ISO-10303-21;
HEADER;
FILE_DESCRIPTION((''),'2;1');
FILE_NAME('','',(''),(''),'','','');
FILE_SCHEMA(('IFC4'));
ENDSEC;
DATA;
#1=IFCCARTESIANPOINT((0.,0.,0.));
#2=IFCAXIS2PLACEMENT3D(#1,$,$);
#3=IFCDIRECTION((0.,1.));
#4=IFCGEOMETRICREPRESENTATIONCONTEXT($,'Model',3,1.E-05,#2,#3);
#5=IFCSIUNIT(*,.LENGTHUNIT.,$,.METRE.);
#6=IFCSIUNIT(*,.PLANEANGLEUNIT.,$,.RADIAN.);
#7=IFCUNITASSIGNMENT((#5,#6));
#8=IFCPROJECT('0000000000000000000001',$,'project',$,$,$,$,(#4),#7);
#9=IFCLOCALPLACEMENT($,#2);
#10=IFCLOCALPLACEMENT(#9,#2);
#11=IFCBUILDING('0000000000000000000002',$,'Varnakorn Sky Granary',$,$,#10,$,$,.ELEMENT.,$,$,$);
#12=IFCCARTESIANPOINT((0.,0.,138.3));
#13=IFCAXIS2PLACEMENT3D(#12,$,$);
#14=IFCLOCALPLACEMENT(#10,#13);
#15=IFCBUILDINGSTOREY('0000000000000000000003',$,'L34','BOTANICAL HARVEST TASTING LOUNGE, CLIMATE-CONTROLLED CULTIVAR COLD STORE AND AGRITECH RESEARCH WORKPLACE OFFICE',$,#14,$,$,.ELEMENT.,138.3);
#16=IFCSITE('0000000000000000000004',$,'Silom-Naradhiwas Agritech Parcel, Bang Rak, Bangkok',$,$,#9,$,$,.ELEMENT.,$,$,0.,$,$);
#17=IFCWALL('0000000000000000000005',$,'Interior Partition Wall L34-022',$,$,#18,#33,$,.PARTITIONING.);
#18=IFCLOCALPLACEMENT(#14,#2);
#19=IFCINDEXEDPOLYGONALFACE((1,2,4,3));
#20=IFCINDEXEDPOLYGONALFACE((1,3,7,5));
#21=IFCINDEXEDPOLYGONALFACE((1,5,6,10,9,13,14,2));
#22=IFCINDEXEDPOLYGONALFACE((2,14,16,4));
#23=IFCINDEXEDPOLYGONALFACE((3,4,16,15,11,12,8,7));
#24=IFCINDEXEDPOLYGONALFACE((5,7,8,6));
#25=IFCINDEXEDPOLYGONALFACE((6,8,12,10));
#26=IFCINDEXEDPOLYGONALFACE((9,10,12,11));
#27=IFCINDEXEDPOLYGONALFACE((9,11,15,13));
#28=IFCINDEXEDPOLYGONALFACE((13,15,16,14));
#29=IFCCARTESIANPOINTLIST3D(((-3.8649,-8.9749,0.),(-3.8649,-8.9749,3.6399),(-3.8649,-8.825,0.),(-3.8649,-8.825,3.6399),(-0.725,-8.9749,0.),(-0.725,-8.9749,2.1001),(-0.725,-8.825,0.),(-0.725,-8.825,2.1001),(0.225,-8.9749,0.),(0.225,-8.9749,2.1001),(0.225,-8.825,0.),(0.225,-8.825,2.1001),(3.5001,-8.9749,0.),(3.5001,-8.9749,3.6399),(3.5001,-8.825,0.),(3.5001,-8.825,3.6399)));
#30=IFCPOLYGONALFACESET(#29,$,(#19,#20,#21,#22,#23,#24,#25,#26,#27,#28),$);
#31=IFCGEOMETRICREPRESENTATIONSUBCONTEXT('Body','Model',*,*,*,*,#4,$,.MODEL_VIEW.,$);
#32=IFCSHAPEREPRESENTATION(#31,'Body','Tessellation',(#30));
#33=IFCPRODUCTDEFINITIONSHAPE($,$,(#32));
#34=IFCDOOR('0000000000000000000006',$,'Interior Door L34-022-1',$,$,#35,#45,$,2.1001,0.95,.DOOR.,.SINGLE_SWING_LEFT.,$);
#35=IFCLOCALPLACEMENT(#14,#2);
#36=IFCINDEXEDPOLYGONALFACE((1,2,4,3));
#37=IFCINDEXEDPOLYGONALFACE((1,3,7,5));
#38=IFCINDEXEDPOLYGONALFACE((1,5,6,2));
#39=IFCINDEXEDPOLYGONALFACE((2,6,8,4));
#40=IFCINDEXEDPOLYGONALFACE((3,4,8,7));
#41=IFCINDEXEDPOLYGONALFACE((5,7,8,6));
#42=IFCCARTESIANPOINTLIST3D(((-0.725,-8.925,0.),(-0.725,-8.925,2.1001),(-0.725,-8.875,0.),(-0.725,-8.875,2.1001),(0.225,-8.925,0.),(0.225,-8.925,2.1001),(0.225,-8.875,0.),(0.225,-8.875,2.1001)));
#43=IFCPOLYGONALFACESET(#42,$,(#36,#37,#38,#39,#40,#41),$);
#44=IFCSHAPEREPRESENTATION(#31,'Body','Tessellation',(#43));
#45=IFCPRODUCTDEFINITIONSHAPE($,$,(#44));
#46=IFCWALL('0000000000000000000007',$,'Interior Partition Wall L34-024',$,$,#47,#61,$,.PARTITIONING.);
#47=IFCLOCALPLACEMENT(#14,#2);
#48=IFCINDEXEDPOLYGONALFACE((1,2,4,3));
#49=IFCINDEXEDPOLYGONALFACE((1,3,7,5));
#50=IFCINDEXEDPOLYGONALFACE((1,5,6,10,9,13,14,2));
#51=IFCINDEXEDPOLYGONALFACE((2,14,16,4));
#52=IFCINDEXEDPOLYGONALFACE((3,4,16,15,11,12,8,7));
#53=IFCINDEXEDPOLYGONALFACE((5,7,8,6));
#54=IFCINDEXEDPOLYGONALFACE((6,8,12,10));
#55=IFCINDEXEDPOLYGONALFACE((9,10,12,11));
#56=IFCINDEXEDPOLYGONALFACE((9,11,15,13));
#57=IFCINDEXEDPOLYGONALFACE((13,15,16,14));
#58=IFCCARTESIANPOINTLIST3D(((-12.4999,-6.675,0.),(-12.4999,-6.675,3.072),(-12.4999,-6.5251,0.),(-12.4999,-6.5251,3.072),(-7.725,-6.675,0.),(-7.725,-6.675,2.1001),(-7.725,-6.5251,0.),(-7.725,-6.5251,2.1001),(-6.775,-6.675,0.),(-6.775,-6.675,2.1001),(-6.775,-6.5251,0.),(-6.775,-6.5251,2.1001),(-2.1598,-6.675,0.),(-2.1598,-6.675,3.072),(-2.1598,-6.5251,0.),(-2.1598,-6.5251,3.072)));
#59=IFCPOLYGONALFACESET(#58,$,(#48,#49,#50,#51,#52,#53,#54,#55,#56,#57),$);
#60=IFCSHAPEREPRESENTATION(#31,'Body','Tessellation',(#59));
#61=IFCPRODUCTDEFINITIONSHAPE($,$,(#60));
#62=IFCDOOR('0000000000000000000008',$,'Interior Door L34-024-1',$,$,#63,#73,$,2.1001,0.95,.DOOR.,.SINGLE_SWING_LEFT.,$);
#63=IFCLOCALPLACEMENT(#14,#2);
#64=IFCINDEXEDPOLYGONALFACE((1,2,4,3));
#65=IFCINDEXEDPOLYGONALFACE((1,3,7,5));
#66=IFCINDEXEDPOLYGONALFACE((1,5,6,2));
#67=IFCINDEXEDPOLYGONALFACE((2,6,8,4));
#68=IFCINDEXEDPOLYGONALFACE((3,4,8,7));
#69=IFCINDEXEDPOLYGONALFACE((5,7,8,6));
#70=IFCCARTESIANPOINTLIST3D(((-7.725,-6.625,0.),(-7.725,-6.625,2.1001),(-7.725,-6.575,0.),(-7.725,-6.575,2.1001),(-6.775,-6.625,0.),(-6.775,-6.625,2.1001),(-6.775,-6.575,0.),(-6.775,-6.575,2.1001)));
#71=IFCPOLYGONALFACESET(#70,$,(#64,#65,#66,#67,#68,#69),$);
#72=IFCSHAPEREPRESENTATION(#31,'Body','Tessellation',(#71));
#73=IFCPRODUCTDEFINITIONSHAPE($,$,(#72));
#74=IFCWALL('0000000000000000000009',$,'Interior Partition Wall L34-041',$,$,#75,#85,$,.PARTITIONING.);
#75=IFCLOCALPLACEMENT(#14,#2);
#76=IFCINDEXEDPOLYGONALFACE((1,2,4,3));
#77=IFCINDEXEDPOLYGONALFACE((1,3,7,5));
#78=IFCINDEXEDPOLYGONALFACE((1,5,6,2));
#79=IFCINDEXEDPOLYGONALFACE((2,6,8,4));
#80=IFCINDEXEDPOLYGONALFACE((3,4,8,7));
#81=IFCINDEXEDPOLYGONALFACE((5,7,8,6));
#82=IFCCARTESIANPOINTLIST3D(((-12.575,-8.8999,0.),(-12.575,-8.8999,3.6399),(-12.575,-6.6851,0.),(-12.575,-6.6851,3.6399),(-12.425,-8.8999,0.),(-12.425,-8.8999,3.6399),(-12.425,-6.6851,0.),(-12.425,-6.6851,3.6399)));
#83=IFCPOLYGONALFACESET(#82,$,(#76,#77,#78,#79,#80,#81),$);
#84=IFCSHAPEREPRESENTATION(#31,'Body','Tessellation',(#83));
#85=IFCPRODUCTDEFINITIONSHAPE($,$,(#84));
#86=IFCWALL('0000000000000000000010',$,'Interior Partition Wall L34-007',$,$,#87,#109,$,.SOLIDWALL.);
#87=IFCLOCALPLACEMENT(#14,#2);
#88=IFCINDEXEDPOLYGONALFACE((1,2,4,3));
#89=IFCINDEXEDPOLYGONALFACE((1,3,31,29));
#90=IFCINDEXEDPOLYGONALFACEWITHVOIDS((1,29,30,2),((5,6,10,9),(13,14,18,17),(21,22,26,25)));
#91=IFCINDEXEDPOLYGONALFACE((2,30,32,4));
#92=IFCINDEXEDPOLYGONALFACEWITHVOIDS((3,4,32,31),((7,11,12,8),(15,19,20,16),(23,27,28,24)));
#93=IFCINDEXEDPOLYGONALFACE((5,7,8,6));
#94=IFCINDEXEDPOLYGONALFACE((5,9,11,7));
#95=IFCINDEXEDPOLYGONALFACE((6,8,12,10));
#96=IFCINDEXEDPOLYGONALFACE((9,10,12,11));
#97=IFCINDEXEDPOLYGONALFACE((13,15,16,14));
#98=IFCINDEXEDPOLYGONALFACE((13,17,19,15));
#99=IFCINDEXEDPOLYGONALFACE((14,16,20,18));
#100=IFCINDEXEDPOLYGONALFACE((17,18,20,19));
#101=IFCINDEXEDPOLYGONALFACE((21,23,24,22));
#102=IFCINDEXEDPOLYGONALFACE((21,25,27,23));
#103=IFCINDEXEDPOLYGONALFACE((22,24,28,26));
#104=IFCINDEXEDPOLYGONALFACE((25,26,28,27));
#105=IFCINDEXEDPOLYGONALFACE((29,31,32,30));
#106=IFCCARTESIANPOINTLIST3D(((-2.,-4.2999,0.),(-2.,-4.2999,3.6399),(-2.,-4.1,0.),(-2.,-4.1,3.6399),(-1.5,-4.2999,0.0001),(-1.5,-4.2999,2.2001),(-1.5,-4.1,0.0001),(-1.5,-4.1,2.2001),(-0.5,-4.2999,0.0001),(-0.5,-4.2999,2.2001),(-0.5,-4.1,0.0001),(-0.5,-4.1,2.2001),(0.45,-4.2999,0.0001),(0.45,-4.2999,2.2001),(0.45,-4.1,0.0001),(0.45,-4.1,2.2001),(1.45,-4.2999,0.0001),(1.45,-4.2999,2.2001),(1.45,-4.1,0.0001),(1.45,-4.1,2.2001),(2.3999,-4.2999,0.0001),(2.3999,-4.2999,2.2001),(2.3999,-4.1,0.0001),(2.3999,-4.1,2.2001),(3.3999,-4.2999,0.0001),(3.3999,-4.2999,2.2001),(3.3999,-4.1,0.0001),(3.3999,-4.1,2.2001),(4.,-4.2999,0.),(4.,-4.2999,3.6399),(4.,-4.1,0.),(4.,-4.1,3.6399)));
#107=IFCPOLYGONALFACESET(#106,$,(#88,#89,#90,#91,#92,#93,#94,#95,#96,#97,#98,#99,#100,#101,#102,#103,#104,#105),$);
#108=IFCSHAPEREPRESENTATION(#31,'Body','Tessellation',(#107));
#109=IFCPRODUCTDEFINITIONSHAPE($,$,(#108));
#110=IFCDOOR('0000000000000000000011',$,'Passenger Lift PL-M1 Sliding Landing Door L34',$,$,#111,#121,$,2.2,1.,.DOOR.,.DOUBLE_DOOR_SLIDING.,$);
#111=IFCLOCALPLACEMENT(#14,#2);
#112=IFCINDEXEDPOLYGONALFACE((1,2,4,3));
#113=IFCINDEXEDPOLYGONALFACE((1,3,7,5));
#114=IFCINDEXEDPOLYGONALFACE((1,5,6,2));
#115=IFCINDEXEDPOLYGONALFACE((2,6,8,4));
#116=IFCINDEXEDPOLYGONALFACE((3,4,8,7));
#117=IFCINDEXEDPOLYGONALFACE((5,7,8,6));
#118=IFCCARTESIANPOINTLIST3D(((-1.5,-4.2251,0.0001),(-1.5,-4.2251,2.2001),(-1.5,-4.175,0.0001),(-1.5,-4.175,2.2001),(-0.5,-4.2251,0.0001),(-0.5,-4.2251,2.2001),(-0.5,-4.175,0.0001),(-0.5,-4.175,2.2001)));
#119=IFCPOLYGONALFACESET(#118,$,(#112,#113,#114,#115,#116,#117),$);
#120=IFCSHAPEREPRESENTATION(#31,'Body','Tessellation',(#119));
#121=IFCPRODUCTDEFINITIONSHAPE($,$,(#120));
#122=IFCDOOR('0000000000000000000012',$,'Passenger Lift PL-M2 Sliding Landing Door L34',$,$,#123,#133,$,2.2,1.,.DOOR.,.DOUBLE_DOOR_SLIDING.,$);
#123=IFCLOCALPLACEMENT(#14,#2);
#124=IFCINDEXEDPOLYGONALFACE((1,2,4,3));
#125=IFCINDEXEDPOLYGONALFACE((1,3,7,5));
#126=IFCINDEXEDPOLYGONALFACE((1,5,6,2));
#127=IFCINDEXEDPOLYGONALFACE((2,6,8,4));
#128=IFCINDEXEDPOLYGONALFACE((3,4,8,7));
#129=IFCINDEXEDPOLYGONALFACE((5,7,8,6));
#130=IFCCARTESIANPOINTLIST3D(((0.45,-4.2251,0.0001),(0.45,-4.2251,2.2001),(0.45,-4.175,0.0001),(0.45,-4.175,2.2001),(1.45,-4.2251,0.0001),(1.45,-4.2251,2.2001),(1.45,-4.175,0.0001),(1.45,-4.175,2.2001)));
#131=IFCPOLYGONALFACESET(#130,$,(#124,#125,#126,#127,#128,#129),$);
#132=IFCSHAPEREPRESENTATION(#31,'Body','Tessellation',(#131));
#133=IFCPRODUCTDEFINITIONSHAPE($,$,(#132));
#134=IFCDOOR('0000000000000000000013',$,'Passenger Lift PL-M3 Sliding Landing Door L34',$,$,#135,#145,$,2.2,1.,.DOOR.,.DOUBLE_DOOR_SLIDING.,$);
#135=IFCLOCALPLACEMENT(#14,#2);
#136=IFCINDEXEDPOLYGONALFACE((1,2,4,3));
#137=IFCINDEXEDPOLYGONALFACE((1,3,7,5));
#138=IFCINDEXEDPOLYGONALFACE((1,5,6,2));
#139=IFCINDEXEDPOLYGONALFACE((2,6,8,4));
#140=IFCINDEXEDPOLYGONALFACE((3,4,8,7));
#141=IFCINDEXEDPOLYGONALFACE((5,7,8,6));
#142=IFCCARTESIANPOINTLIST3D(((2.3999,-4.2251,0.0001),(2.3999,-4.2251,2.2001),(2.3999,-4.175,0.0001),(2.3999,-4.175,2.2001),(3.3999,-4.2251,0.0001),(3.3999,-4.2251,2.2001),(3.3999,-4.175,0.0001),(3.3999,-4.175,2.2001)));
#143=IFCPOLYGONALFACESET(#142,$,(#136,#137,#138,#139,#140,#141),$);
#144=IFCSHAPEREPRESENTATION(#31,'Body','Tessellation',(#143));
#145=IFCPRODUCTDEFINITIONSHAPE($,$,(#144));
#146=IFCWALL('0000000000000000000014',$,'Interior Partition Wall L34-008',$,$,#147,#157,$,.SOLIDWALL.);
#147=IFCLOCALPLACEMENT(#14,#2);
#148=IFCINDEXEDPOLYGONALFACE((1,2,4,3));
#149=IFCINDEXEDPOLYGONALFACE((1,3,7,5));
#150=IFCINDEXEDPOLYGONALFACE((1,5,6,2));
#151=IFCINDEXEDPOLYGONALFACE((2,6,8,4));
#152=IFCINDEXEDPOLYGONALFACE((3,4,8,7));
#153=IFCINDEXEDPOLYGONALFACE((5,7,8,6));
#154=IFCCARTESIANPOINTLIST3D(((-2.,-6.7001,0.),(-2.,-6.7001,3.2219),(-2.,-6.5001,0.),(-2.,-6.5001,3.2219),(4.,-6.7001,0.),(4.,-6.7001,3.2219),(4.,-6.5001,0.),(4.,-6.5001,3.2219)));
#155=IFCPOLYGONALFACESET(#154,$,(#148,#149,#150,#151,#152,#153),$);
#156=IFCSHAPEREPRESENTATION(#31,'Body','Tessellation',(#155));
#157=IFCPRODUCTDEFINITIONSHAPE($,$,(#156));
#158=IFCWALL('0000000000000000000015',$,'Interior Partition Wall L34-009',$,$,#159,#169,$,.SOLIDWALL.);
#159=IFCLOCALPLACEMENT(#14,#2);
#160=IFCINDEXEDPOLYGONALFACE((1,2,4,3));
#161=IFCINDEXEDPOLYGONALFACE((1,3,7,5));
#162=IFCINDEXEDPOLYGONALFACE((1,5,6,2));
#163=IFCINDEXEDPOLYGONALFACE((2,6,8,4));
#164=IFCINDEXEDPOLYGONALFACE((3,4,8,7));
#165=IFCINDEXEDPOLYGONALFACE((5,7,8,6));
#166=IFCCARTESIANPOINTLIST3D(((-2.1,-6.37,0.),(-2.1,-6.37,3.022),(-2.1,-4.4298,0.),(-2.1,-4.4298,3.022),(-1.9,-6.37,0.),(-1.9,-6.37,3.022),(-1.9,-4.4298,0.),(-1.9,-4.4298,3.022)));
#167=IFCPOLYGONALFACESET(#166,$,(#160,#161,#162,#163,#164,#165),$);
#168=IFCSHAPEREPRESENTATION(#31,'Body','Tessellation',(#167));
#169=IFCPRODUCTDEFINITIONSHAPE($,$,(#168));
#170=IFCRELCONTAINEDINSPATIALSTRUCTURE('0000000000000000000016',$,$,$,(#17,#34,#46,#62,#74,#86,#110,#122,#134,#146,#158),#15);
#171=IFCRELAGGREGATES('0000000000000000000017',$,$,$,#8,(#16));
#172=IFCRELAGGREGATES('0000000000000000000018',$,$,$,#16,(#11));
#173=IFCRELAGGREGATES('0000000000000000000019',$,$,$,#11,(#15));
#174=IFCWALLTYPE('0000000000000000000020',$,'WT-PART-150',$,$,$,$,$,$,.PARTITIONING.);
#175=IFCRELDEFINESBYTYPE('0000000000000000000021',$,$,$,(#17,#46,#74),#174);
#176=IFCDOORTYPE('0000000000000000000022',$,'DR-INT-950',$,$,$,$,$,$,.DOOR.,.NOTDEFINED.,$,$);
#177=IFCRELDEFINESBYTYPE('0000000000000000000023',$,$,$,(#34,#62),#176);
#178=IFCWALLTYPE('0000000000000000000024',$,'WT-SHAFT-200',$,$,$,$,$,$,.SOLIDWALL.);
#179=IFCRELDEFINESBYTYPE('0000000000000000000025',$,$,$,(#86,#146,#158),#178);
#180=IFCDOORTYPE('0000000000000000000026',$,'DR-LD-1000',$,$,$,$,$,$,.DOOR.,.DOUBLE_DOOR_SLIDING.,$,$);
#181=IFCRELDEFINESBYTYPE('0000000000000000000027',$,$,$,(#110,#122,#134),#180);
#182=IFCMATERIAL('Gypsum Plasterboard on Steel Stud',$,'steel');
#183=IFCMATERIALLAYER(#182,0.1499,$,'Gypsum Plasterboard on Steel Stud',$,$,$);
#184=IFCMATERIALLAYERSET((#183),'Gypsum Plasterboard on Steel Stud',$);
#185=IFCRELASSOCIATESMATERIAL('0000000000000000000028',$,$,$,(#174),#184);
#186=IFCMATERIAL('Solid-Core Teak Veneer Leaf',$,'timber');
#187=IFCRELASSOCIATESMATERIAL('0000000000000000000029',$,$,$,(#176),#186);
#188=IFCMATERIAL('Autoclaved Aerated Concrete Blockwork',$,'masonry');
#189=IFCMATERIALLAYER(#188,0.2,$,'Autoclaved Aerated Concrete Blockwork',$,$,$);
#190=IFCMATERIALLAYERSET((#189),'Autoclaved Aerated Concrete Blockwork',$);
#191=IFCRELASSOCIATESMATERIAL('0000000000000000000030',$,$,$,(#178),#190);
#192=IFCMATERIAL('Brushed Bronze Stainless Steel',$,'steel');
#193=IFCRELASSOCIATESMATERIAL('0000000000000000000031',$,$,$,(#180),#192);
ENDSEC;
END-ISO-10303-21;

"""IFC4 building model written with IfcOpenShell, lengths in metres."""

from ifc_helpers import new_model, si_unit, direction, frame, frame_2d, origin, place, context, subcontext, project, spatial, rectangle, extrude, material, layer, layer_set, type_object, element, fill, save


model = new_model("IFC4")

# Units and contexts
model_context = context("Model", 3, precision=1e-05, world=origin(), true_north=direction((0.0, 1.0)))
body_context = subcontext(model_context, "Body", "Model", "MODEL_VIEW")
ifc_project = project(units=[si_unit("LENGTHUNIT", "METRE"), si_unit("PLANEANGLEUNIT", "RADIAN")], contexts=[model_context])

# Site, building, storey
site_placement = place(None, origin())
site = spatial("IfcSite", under=ifc_project, at=site_placement, Name="Silom-Naradhiwas Agritech Parcel, Bang Rak, Bangkok", CompositionType="ELEMENT", RefElevation=0.0)
building_placement = place(site_placement, origin())
building = spatial("IfcBuilding", under=site, at=building_placement, Name="Varnakorn Sky Granary", CompositionType="ELEMENT")
storey_placement = place(building_placement, frame((0.0, 0.0, 138.3)))
storey = spatial("IfcBuildingStorey", under=building, at=storey_placement, Name="L34", Description="BOTANICAL HARVEST TASTING LOUNGE, CLIMATE-CONTROLLED CULTIVAR COLD STORE AND AGRITECH RESEARCH WORKPLACE OFFICE", CompositionType="ELEMENT", Elevation=138.3)

# Shared definitions
ifc_material_1 = material(Name="Autoclaved Aerated Concrete Blockwork", Category="masonry")

# Walls, openings, doors
ifc_material_2 = material(Name="Gypsum Plasterboard on Steel Stud", Category="steel")
ifc_layer_1 = layer(ifc_material_2, 0.1499, Name="Gypsum Plasterboard on Steel Stud")
ifc_layer_set_1 = layer_set([ifc_layer_1], Name="Gypsum Plasterboard on Steel Stud")
wall_type_1 = type_object("IfcWallType", Name="WT-PART-150", PredefinedType="PARTITIONING", material=ifc_layer_set_1)
wall_1_placement = place(storey_placement, frame((-3.865, -8.8999, 0.0), z_axis=(0.0, 0.0, 1.0), x_axis=(1.0, 0.0, 0.0)))
wall_1 = element("IfcWall", 1, at=wall_1_placement, inside=storey, type_object=wall_type_1, Name="Interior Partition Wall L34-022", PredefinedType="PARTITIONING", context=body_context, shape_type="SweptSolid", body=[
    extrude(rectangle(XDim=7.365, YDim=0.1499, at=frame_2d((3.6826, 0.0))), origin(), (0.0, 0.0, 1.0), 3.6399),
])
opening_1_placement = place(wall_1_placement, frame((3.1399, 0.0, 0.0)))
opening_1 = element("IfcOpeningElement", 2, at=opening_1_placement, cuts=wall_1, PredefinedType="OPENING", context=body_context, shape_type="SweptSolid", body=[
    extrude(rectangle(XDim=0.95, YDim=2.1001, at=frame_2d((0.4751, 1.05))), frame((0.0, 0.085, 0.0), z_axis=(0.0, -1.0, 0.0), x_axis=(1.0, 0.0, 0.0)), (0.0, 0.0, 1.0), 0.1699),
])
ifc_material_3 = material(Name="Solid-Core Teak Veneer Leaf", Category="timber")
door_type_1 = type_object("IfcDoorType", Name="DR-INT-950", OperationType="NOTDEFINED", PredefinedType="DOOR", material=ifc_material_3)
door_1_placement = place(opening_1_placement, origin())
door_1 = element("IfcDoor", 3, at=door_1_placement, inside=storey, type_object=door_type_1, Name="Interior Door L34-022-1", OperationType="SINGLE_SWING_LEFT", OverallHeight=2.1001, OverallWidth=0.95, PredefinedType="DOOR", context=body_context, shape_type="SweptSolid", body=[
    extrude(rectangle(XDim=0.95, YDim=2.1001, at=frame_2d((0.4751, 1.05))), frame((0.0, 0.0249, 0.0), z_axis=(0.0, -1.0, 0.0), x_axis=(1.0, 0.0, 0.0)), (0.0, 0.0, 1.0), 0.05),
])
fill(opening_1, door_1)
wall_2_placement = place(storey_placement, frame((-2.1599, -6.6001, 0.0), z_axis=(0.0, 0.0, 1.0), x_axis=(-1.0, 0.0, 0.0)))
wall_2 = element("IfcWall", 4, at=wall_2_placement, inside=storey, type_object=wall_type_1, Name="Interior Partition Wall L34-024", PredefinedType="PARTITIONING", context=body_context, shape_type="SweptSolid", body=[
    extrude(rectangle(XDim=10.3401, YDim=0.1499, at=frame_2d((5.1699, 0.0))), origin(), (0.0, 0.0, 1.0), 3.072),
])
opening_2_placement = place(wall_2_placement, frame((4.615, 0.0, 0.0)))
opening_2 = element("IfcOpeningElement", 5, at=opening_2_placement, cuts=wall_2, PredefinedType="OPENING", context=body_context, shape_type="SweptSolid", body=[
    extrude(rectangle(XDim=0.95, YDim=2.1001, at=frame_2d((0.4751, 1.05))), frame((0.0, 0.085, 0.0), z_axis=(0.0, -1.0, 0.0), x_axis=(1.0, 0.0, 0.0)), (0.0, 0.0, 1.0), 0.1699),
])
door_2_placement = place(opening_2_placement, origin())
door_2 = element("IfcDoor", 6, at=door_2_placement, inside=storey, type_object=door_type_1, Name="Interior Door L34-024-1", OperationType="SINGLE_SWING_LEFT", OverallHeight=2.1001, OverallWidth=0.95, PredefinedType="DOOR", context=body_context, shape_type="SweptSolid", body=[
    extrude(rectangle(XDim=0.95, YDim=2.1001, at=frame_2d((0.4751, 1.05))), frame((0.0, 0.0249, 0.0), z_axis=(0.0, -1.0, 0.0), x_axis=(1.0, 0.0, 0.0)), (0.0, 0.0, 1.0), 0.05),
])
fill(opening_2, door_2)

# Wall
wall_3_placement = place(storey_placement, frame((-12.5, -6.6851, 0.0), z_axis=(0.0, 0.0, 1.0), x_axis=(0.0, -1.0, 0.0)))
element("IfcWall", 7, at=wall_3_placement, inside=storey, type_object=wall_type_1, Name="Interior Partition Wall L34-041", PredefinedType="PARTITIONING", context=body_context, shape_type="SweptSolid", body=[
    extrude(rectangle(XDim=2.2148, YDim=0.1499, at=frame_2d((1.1074, 0.0))), origin(), (0.0, 0.0, 1.0), 3.6399),
])

# Wall, openings, doors
ifc_layer_2 = layer(ifc_material_1, 0.2, Name="Autoclaved Aerated Concrete Blockwork")
ifc_layer_set_2 = layer_set([ifc_layer_2], Name="Autoclaved Aerated Concrete Blockwork")
wall_type_2 = type_object("IfcWallType", Name="WT-SHAFT-200", PredefinedType="SOLIDWALL", material=ifc_layer_set_2)
wall_4_placement = place(storey_placement, frame((-2.0, -4.2, 0.0), z_axis=(0.0, 0.0, 1.0), x_axis=(1.0, 0.0, 0.0)))
wall_4 = element("IfcWall", 8, at=wall_4_placement, inside=storey, type_object=wall_type_2, Name="Interior Partition Wall L34-007", PredefinedType="SOLIDWALL", context=body_context, shape_type="SweptSolid", body=[
    extrude(rectangle(XDim=6.0, YDim=0.2, at=frame_2d((3.0, 0.0))), origin(), (0.0, 0.0, 1.0), 3.6399),
])
opening_3_placement = place(wall_4_placement, frame((0.5, 0.0, 0.0)))
opening_3 = element("IfcOpeningElement", 9, at=opening_3_placement, cuts=wall_4, PredefinedType="OPENING", context=body_context, shape_type="SweptSolid", body=[
    extrude(rectangle(XDim=1.0, YDim=2.2, at=frame_2d((0.5, 1.1001))), frame((0.0, 0.1099, 0.0), z_axis=(0.0, -1.0, 0.0), x_axis=(1.0, 0.0, 0.0)), (0.0, 0.0, 1.0), 0.22),
])
opening_4_placement = place(wall_4_placement, frame((2.45, 0.0, 0.0)))
opening_4 = element("IfcOpeningElement", 10, at=opening_4_placement, cuts=wall_4, PredefinedType="OPENING", context=body_context, shape_type="SweptSolid", body=[
    extrude(rectangle(XDim=1.0, YDim=2.2, at=frame_2d((0.5, 1.1001))), frame((0.0, 0.1099, 0.0), z_axis=(0.0, -1.0, 0.0), x_axis=(1.0, 0.0, 0.0)), (0.0, 0.0, 1.0), 0.22),
])
opening_5_placement = place(wall_4_placement, frame((4.3999, 0.0, 0.0)))
opening_5 = element("IfcOpeningElement", 11, at=opening_5_placement, cuts=wall_4, PredefinedType="OPENING", context=body_context, shape_type="SweptSolid", body=[
    extrude(rectangle(XDim=1.0, YDim=2.2, at=frame_2d((0.5, 1.1001))), frame((0.0, 0.1099, 0.0), z_axis=(0.0, -1.0, 0.0), x_axis=(1.0, 0.0, 0.0)), (0.0, 0.0, 1.0), 0.22),
])
ifc_material_4 = material(Name="Brushed Bronze Stainless Steel", Category="steel")
door_type_2 = type_object("IfcDoorType", Name="DR-LD-1000", OperationType="DOUBLE_DOOR_SLIDING", PredefinedType="DOOR", material=ifc_material_4)
door_3_placement = place(opening_3_placement, origin())
door_3 = element("IfcDoor", 12, at=door_3_placement, inside=storey, type_object=door_type_2, Name="Passenger Lift PL-M1 Sliding Landing Door L34", OperationType="DOUBLE_DOOR_SLIDING", OverallHeight=2.2, OverallWidth=1.0, PredefinedType="DOOR", context=body_context, shape_type="SweptSolid", body=[
    extrude(rectangle(XDim=1.0, YDim=2.2, at=frame_2d((0.5, 1.1001))), frame((0.0, 0.0249, 0.0), z_axis=(0.0, -1.0, 0.0), x_axis=(1.0, 0.0, 0.0)), (0.0, 0.0, 1.0), 0.05),
])
fill(opening_3, door_3)
door_4_placement = place(opening_4_placement, origin())
door_4 = element("IfcDoor", 13, at=door_4_placement, inside=storey, type_object=door_type_2, Name="Passenger Lift PL-M2 Sliding Landing Door L34", OperationType="DOUBLE_DOOR_SLIDING", OverallHeight=2.2, OverallWidth=1.0, PredefinedType="DOOR", context=body_context, shape_type="SweptSolid", body=[
    extrude(rectangle(XDim=1.0, YDim=2.2, at=frame_2d((0.5, 1.1001))), frame((0.0, 0.0249, 0.0), z_axis=(0.0, -1.0, 0.0), x_axis=(1.0, 0.0, 0.0)), (0.0, 0.0, 1.0), 0.05),
])
fill(opening_4, door_4)
door_5_placement = place(opening_5_placement, origin())
door_5 = element("IfcDoor", 14, at=door_5_placement, inside=storey, type_object=door_type_2, Name="Passenger Lift PL-M3 Sliding Landing Door L34", OperationType="DOUBLE_DOOR_SLIDING", OverallHeight=2.2, OverallWidth=1.0, PredefinedType="DOOR", context=body_context, shape_type="SweptSolid", body=[
    extrude(rectangle(XDim=1.0, YDim=2.2, at=frame_2d((0.5, 1.1001))), frame((0.0, 0.0249, 0.0), z_axis=(0.0, -1.0, 0.0), x_axis=(1.0, 0.0, 0.0)), (0.0, 0.0, 1.0), 0.05),
])
fill(opening_5, door_5)

# Walls
wall_5_placement = place(storey_placement, frame((-2.0, -6.6001, 0.0), z_axis=(0.0, 0.0, 1.0), x_axis=(1.0, 0.0, 0.0)))
element("IfcWall", 15, at=wall_5_placement, inside=storey, type_object=wall_type_2, Name="Interior Partition Wall L34-008", PredefinedType="SOLIDWALL", context=body_context, shape_type="SweptSolid", body=[
    extrude(rectangle(XDim=6.0, YDim=0.2, at=frame_2d((3.0, 0.0))), origin(), (0.0, 0.0, 1.0), 3.2219),
])
wall_6_placement = place(storey_placement, frame((-2.0, -6.3701, 0.0), z_axis=(0.0, 0.0, 1.0), x_axis=(0.0, 1.0, 0.0)))
element("IfcWall", 16, at=wall_6_placement, inside=storey, type_object=wall_type_2, Name="Interior Partition Wall L34-009", PredefinedType="SOLIDWALL", context=body_context, shape_type="SweptSolid", body=[
    extrude(rectangle(XDim=1.9402, YDim=0.2, at=frame_2d((0.9702, 0.0))), origin(), (0.0, 0.0, 1.0), 3.022),
])

save(model, "model.ifc")
